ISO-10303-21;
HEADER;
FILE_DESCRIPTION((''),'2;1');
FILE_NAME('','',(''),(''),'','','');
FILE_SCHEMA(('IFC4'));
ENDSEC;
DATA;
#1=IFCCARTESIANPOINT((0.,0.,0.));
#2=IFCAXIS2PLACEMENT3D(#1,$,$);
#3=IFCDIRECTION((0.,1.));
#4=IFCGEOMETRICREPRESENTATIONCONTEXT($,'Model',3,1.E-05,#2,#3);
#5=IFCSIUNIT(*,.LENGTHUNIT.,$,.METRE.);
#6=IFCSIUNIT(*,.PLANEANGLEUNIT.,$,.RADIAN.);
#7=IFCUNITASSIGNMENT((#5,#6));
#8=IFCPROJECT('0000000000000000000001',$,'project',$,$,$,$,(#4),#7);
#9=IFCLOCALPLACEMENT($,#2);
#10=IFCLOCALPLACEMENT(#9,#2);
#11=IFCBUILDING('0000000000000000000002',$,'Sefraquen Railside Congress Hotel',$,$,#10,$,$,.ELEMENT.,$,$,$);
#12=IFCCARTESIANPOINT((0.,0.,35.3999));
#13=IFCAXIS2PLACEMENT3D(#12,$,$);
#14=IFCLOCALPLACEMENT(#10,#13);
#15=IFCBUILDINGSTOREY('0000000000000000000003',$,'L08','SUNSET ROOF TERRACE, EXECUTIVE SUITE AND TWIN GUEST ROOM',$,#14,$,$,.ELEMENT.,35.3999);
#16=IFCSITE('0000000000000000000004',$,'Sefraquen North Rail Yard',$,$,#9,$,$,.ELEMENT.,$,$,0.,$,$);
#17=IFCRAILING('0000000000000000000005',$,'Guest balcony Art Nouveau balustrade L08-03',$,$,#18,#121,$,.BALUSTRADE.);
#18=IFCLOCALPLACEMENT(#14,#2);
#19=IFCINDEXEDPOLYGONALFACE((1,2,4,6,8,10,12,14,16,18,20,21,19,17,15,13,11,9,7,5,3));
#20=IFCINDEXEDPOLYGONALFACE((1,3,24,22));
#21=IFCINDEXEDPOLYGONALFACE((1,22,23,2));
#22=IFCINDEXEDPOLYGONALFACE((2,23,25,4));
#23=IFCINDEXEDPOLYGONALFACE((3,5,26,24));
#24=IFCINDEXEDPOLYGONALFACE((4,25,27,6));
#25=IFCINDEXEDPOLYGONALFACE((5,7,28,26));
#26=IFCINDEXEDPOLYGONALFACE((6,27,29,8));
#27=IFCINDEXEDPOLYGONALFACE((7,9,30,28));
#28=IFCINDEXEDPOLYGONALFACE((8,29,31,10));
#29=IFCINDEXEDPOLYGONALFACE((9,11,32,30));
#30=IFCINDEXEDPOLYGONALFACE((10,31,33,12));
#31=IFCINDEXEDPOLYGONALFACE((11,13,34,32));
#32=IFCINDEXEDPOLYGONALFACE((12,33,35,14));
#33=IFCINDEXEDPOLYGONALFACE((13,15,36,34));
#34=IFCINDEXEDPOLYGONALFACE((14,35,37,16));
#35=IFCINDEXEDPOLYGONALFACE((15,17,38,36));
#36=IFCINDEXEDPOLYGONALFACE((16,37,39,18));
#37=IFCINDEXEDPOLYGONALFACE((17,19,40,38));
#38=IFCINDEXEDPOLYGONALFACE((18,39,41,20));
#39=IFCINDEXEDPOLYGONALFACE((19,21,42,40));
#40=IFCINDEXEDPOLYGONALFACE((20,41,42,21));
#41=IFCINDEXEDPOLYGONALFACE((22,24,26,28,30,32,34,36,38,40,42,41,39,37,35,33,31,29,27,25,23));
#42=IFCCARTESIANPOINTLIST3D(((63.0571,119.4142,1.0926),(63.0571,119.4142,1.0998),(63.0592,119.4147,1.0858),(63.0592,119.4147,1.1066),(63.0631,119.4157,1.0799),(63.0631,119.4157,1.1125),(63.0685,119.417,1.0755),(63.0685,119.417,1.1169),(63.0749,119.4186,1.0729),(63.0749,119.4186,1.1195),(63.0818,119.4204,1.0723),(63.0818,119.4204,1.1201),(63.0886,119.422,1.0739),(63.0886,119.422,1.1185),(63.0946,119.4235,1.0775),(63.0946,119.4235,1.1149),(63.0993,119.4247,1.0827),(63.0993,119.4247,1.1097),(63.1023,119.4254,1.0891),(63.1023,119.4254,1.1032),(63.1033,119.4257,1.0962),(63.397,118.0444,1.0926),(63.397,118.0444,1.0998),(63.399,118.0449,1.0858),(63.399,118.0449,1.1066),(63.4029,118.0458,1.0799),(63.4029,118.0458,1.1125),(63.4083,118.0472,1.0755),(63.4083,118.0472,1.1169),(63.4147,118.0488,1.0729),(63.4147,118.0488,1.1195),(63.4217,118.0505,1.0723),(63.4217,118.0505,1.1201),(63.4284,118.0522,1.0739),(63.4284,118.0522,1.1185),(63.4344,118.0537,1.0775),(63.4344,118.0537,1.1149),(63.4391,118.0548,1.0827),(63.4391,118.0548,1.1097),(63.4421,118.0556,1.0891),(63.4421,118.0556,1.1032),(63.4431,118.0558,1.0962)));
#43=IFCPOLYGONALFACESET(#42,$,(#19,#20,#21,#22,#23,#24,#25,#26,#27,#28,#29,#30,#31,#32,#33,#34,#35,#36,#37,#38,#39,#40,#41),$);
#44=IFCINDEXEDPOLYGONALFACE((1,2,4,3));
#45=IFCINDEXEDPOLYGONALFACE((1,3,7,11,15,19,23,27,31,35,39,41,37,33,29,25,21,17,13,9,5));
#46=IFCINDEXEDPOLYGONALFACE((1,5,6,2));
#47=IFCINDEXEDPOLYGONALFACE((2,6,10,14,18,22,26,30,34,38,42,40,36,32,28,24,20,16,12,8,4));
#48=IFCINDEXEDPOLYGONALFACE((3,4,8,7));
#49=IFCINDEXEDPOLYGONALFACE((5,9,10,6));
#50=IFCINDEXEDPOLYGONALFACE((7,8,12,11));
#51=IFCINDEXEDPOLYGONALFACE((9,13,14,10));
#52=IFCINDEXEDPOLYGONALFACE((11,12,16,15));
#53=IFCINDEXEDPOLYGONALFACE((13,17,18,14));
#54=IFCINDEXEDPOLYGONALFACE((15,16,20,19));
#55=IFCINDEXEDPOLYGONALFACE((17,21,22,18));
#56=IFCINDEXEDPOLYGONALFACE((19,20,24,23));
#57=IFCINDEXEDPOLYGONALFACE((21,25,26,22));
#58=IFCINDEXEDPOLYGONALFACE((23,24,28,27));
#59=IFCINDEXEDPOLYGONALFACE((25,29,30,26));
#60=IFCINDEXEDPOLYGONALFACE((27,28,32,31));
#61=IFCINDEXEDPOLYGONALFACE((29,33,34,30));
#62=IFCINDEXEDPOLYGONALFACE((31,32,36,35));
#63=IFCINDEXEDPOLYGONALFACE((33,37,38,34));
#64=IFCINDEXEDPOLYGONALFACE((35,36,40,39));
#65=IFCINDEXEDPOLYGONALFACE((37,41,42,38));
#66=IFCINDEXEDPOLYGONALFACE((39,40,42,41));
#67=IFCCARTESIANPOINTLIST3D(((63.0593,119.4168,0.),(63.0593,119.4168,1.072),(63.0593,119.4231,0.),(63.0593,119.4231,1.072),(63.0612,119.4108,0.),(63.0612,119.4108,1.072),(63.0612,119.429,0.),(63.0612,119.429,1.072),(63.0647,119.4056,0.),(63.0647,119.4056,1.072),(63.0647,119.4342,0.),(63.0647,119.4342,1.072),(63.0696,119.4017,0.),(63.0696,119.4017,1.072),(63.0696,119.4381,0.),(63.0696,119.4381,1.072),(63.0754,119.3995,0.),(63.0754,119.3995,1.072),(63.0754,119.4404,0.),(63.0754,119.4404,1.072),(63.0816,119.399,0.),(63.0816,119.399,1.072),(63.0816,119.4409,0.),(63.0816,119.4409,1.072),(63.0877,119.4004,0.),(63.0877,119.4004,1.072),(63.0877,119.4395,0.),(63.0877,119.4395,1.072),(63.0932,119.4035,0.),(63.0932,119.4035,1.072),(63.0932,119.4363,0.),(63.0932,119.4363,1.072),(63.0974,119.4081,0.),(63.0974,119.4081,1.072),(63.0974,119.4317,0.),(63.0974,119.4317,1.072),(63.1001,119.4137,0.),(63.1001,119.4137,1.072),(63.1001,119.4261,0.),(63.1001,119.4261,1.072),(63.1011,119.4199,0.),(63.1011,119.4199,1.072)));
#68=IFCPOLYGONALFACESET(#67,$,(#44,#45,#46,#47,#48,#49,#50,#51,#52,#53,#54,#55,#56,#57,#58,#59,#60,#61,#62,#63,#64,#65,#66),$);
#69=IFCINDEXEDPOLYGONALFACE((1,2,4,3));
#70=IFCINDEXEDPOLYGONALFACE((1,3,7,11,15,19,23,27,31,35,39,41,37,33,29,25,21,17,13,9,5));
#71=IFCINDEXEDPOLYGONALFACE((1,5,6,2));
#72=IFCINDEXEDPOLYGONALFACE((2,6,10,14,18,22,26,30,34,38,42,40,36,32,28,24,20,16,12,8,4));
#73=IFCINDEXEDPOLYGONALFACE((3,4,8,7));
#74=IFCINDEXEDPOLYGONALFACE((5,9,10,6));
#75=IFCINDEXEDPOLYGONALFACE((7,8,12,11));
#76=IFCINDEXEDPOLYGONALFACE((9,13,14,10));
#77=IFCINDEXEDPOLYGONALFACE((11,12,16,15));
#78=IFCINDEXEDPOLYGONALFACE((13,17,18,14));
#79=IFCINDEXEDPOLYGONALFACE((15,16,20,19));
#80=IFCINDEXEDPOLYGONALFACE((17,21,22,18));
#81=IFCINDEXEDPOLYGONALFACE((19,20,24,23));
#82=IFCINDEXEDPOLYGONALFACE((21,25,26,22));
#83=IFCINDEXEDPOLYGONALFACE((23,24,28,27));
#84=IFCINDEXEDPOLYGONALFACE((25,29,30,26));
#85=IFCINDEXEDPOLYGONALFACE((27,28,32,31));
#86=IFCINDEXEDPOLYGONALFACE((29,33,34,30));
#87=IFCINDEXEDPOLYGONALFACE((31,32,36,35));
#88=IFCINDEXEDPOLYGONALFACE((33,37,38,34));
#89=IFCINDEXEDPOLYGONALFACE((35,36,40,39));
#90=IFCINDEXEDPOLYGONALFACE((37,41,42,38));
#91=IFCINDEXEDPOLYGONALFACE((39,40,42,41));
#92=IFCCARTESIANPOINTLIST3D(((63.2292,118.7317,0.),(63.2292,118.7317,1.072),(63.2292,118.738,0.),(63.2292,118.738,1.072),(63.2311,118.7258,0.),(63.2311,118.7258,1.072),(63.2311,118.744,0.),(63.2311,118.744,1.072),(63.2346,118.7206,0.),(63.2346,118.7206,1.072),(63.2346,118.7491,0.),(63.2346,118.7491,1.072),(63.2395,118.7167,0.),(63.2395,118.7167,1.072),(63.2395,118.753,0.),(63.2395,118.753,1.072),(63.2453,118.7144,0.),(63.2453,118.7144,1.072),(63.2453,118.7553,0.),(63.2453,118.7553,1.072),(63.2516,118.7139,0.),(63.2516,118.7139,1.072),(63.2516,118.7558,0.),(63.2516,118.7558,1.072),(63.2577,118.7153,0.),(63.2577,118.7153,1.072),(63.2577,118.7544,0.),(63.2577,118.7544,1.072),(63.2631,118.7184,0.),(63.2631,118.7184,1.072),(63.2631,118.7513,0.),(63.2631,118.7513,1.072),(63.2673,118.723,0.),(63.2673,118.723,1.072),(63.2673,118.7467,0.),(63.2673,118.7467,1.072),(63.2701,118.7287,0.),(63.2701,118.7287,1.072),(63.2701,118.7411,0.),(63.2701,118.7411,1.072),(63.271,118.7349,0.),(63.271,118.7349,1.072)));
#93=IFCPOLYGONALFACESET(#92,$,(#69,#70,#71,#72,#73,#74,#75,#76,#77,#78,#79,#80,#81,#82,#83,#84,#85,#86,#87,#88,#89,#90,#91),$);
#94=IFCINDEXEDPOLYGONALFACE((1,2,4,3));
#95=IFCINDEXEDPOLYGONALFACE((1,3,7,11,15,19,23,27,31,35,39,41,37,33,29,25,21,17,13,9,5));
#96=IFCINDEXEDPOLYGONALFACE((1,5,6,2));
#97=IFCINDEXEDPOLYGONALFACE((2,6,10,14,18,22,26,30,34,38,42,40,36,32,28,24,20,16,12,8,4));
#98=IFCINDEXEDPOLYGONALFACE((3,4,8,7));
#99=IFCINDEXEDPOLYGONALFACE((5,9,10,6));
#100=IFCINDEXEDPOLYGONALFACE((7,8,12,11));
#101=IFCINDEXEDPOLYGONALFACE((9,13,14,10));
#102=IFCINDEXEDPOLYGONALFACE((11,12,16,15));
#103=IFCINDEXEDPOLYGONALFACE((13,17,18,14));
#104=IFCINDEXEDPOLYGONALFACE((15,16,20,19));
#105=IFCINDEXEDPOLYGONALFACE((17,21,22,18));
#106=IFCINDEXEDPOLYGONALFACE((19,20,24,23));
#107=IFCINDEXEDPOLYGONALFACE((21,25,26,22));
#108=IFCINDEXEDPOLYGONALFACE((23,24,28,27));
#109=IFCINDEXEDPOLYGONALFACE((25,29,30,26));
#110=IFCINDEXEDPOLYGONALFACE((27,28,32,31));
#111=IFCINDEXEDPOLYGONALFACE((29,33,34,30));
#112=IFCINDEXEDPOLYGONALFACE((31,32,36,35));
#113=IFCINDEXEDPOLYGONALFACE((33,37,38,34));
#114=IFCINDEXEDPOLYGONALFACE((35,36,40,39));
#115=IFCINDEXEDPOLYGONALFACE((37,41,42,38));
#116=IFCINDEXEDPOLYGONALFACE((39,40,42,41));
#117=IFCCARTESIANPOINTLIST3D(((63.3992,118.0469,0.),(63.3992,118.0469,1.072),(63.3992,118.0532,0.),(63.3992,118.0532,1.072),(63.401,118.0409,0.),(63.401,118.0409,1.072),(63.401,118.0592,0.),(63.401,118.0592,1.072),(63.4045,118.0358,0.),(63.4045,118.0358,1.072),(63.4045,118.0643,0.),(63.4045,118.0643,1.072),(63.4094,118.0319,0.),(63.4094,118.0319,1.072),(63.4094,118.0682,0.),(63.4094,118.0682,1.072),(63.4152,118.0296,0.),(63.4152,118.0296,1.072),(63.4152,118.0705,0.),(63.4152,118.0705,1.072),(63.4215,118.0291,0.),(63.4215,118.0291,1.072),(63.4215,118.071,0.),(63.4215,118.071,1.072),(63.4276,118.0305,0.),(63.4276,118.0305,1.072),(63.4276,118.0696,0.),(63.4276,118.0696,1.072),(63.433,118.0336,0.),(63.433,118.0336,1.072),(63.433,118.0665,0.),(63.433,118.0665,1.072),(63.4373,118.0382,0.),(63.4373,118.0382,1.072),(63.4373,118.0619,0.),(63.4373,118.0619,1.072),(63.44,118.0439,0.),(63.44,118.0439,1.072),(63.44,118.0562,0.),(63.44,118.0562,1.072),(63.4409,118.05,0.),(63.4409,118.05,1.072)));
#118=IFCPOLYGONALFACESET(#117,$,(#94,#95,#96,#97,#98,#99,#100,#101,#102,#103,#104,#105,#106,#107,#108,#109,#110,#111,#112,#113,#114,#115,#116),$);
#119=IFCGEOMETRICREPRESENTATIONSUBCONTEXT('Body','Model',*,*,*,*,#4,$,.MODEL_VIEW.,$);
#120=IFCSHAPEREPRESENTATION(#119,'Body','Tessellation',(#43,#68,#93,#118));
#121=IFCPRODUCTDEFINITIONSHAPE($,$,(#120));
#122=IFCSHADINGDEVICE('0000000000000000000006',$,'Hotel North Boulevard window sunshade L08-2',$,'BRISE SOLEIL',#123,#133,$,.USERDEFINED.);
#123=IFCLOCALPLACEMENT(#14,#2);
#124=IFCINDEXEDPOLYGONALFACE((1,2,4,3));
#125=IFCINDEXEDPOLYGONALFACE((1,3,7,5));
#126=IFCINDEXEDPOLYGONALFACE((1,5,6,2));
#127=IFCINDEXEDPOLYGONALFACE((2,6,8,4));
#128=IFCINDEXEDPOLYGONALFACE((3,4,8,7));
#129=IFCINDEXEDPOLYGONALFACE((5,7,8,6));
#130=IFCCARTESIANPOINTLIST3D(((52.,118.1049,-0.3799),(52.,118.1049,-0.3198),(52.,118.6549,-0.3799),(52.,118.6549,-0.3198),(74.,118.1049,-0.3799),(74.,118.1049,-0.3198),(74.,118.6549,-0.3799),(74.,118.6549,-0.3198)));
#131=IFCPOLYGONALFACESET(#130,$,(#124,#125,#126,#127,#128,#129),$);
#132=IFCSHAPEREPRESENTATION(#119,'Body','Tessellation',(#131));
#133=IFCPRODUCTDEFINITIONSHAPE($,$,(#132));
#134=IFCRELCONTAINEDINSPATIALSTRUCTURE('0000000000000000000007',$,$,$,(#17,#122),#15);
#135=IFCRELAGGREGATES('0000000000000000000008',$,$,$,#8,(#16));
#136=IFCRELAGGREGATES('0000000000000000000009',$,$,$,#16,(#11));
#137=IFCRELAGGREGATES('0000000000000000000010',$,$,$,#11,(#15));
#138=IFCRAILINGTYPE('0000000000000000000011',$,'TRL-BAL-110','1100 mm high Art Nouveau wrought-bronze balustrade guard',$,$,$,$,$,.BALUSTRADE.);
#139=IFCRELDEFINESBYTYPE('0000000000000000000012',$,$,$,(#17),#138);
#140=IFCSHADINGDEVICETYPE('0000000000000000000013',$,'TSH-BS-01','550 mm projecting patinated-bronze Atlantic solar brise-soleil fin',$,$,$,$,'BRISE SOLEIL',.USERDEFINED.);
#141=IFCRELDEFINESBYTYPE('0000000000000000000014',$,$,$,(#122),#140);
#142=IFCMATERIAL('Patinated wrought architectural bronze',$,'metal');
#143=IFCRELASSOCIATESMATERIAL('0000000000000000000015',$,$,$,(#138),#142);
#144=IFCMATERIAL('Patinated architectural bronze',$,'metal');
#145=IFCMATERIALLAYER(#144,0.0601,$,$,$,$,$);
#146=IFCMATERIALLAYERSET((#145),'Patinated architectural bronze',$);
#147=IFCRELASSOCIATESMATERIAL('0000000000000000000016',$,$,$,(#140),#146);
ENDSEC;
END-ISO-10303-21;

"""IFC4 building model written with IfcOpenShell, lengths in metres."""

from ifc_helpers import new_model, si_unit, direction, frame, origin, origin_2d, place, context, subcontext, project, spatial, rectangle, circle, extrude, material, layer, layer_set, type_object, element, save


model = new_model("IFC4")

# Units and contexts
model_context = context("Model", 3, precision=1e-05, world=origin(), true_north=direction((0.0, 1.0)))
body_context = subcontext(model_context, "Body", "Model", "MODEL_VIEW")
ifc_project = project(units=[si_unit("LENGTHUNIT", "METRE"), si_unit("PLANEANGLEUNIT", "RADIAN")], contexts=[model_context])

# Site, building, storey
site_placement = place(None, origin())
site = spatial("IfcSite", under=ifc_project, at=site_placement, Name="Sefraquen North Rail Yard", CompositionType="ELEMENT", RefElevation=0.0)
building_placement = place(site_placement, origin())
building = spatial("IfcBuilding", under=site, at=building_placement, Name="Sefraquen Railside Congress Hotel", CompositionType="ELEMENT")
storey_placement = place(building_placement, frame((0.0, 0.0, 35.3999)))
storey = spatial("IfcBuildingStorey", under=building, at=storey_placement, Name="L08", Description="SUNSET ROOF TERRACE, EXECUTIVE SUITE AND TWIN GUEST ROOM", CompositionType="ELEMENT", Elevation=35.3999)

# Railing
ifc_material_1 = material(Name="Patinated wrought architectural bronze", Category="metal")
railing_type = type_object("IfcRailingType", Name="TRL-BAL-110", Description="1100 mm high Art Nouveau wrought-bronze balustrade guard", PredefinedType="BALUSTRADE", material=ifc_material_1)
railing_1_placement = place(storey_placement, frame((63.0801, 119.4199, 0.0)))
element("IfcRailing", 1, at=railing_1_placement, inside=storey, type_object=railing_type, Name="Guest balcony Art Nouveau balustrade L08-03", PredefinedType="BALUSTRADE", context=body_context, shape_type="SweptSolid", body=[
    extrude(circle(Radius=0.0239, at=origin_2d()), frame((0.0, 0.0, 1.0962), z_axis=(0.240785, -0.970578, 0.0), x_axis=(0.970578, 0.240785, 0.0)), (0.0, 0.0, 1.0), 1.4114),
    extrude(circle(Radius=0.021, at=origin_2d()), origin(), (0.0, 0.0, 1.0), 1.072),
    extrude(circle(Radius=0.021, at=origin_2d()), frame((0.1699, -0.6851, 0.0)), (0.0, 0.0, 1.0), 1.072),
    extrude(circle(Radius=0.021, at=origin_2d()), frame((0.3398, -1.3699, 0.0)), (0.0, 0.0, 1.0), 1.072),
])

# Shading device
ifc_material_2 = material(Name="Patinated architectural bronze", Category="metal")
ifc_layer_1 = layer(ifc_material_2, 0.0601)
ifc_layer_set_1 = layer_set([ifc_layer_1], Name="Patinated architectural bronze")
shading_device_type = type_object("IfcShadingDeviceType", Name="TSH-BS-01", Description="550 mm projecting patinated-bronze Atlantic solar brise-soleil fin", ElementType="BRISE SOLEIL", PredefinedType="USERDEFINED", material=ifc_layer_set_1)
shading_device_placement = place(storey_placement, frame((63.0, 118.3799, -0.3799), z_axis=(0.0, 0.0, 1.0), x_axis=(1.0, 0.0, 0.0)))
element("IfcShadingDevice", 2, at=shading_device_placement, inside=storey, type_object=shading_device_type, Name="Hotel North Boulevard window sunshade L08-2", ObjectType="BRISE SOLEIL", PredefinedType="USERDEFINED", context=body_context, shape_type="SweptSolid", body=[
    extrude(rectangle(XDim=22.0, YDim=0.55, at=origin_2d()), origin(), (0.0, 0.0, 1.0), 0.0601),
])

save(model, "model.ifc")
